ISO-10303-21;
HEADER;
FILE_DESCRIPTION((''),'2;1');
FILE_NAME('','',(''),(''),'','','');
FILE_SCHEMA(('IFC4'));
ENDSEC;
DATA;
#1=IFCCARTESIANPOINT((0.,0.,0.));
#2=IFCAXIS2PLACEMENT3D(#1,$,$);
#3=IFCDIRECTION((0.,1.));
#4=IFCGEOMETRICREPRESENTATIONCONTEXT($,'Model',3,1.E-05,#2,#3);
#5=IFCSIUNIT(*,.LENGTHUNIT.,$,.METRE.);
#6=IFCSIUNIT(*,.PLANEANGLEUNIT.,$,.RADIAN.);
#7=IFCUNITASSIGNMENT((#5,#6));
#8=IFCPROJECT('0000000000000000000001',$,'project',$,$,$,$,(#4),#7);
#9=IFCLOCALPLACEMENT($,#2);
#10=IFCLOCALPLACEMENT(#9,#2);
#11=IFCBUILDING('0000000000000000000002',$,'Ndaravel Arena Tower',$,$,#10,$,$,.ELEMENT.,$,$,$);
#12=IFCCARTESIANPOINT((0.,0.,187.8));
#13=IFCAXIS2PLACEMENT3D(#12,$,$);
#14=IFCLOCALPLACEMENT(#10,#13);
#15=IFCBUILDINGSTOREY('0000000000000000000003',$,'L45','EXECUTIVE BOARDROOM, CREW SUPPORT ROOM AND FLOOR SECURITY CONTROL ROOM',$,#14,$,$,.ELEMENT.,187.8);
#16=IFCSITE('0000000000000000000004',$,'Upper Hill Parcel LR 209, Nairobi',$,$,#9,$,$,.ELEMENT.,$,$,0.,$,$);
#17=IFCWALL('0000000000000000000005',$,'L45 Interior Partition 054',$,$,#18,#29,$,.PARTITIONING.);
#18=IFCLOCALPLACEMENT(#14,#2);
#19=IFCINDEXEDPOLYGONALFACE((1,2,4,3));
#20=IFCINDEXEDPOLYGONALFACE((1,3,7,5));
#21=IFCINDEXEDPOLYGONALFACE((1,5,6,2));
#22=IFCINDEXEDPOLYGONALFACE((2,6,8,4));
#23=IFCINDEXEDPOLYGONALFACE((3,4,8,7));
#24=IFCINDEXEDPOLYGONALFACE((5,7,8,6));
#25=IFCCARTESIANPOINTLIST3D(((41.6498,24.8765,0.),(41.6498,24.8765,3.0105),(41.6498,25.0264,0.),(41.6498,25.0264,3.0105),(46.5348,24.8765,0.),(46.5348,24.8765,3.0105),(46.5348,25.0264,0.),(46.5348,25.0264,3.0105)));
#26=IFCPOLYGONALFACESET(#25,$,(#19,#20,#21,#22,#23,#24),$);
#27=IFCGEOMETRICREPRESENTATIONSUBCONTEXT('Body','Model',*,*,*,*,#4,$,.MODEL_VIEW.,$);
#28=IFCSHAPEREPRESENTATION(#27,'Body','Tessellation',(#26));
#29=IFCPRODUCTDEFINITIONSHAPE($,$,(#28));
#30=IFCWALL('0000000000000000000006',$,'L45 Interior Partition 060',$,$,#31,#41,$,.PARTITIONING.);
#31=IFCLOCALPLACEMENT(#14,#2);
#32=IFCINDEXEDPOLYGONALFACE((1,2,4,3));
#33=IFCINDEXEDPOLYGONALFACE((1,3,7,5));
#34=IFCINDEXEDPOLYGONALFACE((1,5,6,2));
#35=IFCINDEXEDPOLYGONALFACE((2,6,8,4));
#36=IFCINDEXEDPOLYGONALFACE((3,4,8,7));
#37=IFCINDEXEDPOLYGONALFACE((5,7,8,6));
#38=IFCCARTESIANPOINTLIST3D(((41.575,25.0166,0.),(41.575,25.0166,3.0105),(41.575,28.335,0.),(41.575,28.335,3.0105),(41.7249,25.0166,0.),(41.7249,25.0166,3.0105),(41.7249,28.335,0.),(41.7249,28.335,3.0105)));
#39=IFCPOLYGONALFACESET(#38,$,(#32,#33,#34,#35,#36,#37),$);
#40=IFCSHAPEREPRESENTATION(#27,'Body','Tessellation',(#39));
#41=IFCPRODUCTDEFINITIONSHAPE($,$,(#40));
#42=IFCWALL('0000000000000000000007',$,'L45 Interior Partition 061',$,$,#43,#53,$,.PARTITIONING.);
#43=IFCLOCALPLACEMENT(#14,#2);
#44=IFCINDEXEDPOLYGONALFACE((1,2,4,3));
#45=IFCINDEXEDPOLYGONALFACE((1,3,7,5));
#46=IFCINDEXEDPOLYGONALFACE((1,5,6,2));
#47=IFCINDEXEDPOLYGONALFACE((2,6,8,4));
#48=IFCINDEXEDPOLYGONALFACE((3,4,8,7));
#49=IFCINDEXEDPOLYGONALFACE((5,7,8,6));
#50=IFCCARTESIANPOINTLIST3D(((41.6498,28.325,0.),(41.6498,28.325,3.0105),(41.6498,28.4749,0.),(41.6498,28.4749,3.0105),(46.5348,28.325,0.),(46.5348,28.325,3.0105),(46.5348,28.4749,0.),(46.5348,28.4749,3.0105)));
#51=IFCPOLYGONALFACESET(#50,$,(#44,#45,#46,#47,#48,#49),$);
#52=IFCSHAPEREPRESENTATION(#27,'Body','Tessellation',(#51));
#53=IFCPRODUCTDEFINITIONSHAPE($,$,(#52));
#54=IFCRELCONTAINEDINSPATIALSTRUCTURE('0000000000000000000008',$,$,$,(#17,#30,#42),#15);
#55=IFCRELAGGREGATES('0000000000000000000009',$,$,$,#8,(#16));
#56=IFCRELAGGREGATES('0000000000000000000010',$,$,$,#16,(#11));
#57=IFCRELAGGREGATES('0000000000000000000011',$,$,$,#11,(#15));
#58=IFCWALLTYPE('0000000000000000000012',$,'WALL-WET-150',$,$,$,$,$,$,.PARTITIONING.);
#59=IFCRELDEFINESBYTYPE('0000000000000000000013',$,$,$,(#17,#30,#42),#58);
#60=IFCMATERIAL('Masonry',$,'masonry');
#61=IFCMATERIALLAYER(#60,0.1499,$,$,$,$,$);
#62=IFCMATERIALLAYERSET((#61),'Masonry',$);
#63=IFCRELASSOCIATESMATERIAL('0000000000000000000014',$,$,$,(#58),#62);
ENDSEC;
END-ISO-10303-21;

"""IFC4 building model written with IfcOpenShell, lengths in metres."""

from ifc_helpers import new_model, si_unit, direction, frame, frame_2d, origin, place, context, subcontext, project, spatial, rectangle, extrude, material, layer, layer_set, type_object, element, save


model = new_model("IFC4")

# Units and contexts
model_context = context("Model", 3, precision=1e-05, world=origin(), true_north=direction((0.0, 1.0)))
body_context = subcontext(model_context, "Body", "Model", "MODEL_VIEW")
ifc_project = project(units=[si_unit("LENGTHUNIT", "METRE"), si_unit("PLANEANGLEUNIT", "RADIAN")], contexts=[model_context])

# Site, building, storey
site_placement = place(None, origin())
site = spatial("IfcSite", under=ifc_project, at=site_placement, Name="Upper Hill Parcel LR 209, Nairobi", CompositionType="ELEMENT", RefElevation=0.0)
building_placement = place(site_placement, origin())
building = spatial("IfcBuilding", under=site, at=building_placement, Name="Ndaravel Arena Tower", CompositionType="ELEMENT")
storey_placement = place(building_placement, frame((0.0, 0.0, 187.8)))
storey = spatial("IfcBuildingStorey", under=building, at=storey_placement, Name="L45", Description="EXECUTIVE BOARDROOM, CREW SUPPORT ROOM AND FLOOR SECURITY CONTROL ROOM", CompositionType="ELEMENT", Elevation=187.8)

# Shared definitions
ifc_material_1 = material(Name="Masonry", Category="masonry")
ifc_layer_1 = layer(ifc_material_1, 0.1499)
ifc_layer_set_1 = layer_set([ifc_layer_1], Name="Masonry")
wall_type_1 = type_object("IfcWallType", Name="WALL-WET-150", PredefinedType="PARTITIONING", material=ifc_layer_set_1)

# Walls
wall_1_placement = place(storey_placement, frame((41.6499, 24.9514, 0.0), z_axis=(0.0, 0.0, 1.0), x_axis=(1.0, 0.0, 0.0)))
element("IfcWall", 1, at=wall_1_placement, inside=storey, type_object=wall_type_1, Name="L45 Interior Partition 054", PredefinedType="PARTITIONING", context=body_context, shape_type="SweptSolid", body=[
    extrude(rectangle(XDim=4.885, YDim=0.1499, at=frame_2d((2.4424, 0.0))), origin(), (0.0, 0.0, 1.0), 3.0105),
])
wall_2_placement = place(storey_placement, frame((41.6499, 28.335, 0.0), z_axis=(0.0, 0.0, 1.0), x_axis=(0.0, -1.0, 0.0)))
element("IfcWall", 2, at=wall_2_placement, inside=storey, type_object=wall_type_1, Name="L45 Interior Partition 060", PredefinedType="PARTITIONING", context=body_context, shape_type="SweptSolid", body=[
    extrude(rectangle(XDim=3.3184, YDim=0.1499, at=frame_2d((1.6592, 0.0))), origin(), (0.0, 0.0, 1.0), 3.0105),
])
wall_3_placement = place(storey_placement, frame((41.6499, 28.3999, 0.0), z_axis=(0.0, 0.0, 1.0), x_axis=(1.0, 0.0, 0.0)))
element("IfcWall", 3, at=wall_3_placement, inside=storey, type_object=wall_type_1, Name="L45 Interior Partition 061", PredefinedType="PARTITIONING", context=body_context, shape_type="SweptSolid", body=[
    extrude(rectangle(XDim=4.885, YDim=0.1499, at=frame_2d((2.4424, 0.0))), origin(), (0.0, 0.0, 1.0), 3.0105),
])

save(model, "model.ifc")
